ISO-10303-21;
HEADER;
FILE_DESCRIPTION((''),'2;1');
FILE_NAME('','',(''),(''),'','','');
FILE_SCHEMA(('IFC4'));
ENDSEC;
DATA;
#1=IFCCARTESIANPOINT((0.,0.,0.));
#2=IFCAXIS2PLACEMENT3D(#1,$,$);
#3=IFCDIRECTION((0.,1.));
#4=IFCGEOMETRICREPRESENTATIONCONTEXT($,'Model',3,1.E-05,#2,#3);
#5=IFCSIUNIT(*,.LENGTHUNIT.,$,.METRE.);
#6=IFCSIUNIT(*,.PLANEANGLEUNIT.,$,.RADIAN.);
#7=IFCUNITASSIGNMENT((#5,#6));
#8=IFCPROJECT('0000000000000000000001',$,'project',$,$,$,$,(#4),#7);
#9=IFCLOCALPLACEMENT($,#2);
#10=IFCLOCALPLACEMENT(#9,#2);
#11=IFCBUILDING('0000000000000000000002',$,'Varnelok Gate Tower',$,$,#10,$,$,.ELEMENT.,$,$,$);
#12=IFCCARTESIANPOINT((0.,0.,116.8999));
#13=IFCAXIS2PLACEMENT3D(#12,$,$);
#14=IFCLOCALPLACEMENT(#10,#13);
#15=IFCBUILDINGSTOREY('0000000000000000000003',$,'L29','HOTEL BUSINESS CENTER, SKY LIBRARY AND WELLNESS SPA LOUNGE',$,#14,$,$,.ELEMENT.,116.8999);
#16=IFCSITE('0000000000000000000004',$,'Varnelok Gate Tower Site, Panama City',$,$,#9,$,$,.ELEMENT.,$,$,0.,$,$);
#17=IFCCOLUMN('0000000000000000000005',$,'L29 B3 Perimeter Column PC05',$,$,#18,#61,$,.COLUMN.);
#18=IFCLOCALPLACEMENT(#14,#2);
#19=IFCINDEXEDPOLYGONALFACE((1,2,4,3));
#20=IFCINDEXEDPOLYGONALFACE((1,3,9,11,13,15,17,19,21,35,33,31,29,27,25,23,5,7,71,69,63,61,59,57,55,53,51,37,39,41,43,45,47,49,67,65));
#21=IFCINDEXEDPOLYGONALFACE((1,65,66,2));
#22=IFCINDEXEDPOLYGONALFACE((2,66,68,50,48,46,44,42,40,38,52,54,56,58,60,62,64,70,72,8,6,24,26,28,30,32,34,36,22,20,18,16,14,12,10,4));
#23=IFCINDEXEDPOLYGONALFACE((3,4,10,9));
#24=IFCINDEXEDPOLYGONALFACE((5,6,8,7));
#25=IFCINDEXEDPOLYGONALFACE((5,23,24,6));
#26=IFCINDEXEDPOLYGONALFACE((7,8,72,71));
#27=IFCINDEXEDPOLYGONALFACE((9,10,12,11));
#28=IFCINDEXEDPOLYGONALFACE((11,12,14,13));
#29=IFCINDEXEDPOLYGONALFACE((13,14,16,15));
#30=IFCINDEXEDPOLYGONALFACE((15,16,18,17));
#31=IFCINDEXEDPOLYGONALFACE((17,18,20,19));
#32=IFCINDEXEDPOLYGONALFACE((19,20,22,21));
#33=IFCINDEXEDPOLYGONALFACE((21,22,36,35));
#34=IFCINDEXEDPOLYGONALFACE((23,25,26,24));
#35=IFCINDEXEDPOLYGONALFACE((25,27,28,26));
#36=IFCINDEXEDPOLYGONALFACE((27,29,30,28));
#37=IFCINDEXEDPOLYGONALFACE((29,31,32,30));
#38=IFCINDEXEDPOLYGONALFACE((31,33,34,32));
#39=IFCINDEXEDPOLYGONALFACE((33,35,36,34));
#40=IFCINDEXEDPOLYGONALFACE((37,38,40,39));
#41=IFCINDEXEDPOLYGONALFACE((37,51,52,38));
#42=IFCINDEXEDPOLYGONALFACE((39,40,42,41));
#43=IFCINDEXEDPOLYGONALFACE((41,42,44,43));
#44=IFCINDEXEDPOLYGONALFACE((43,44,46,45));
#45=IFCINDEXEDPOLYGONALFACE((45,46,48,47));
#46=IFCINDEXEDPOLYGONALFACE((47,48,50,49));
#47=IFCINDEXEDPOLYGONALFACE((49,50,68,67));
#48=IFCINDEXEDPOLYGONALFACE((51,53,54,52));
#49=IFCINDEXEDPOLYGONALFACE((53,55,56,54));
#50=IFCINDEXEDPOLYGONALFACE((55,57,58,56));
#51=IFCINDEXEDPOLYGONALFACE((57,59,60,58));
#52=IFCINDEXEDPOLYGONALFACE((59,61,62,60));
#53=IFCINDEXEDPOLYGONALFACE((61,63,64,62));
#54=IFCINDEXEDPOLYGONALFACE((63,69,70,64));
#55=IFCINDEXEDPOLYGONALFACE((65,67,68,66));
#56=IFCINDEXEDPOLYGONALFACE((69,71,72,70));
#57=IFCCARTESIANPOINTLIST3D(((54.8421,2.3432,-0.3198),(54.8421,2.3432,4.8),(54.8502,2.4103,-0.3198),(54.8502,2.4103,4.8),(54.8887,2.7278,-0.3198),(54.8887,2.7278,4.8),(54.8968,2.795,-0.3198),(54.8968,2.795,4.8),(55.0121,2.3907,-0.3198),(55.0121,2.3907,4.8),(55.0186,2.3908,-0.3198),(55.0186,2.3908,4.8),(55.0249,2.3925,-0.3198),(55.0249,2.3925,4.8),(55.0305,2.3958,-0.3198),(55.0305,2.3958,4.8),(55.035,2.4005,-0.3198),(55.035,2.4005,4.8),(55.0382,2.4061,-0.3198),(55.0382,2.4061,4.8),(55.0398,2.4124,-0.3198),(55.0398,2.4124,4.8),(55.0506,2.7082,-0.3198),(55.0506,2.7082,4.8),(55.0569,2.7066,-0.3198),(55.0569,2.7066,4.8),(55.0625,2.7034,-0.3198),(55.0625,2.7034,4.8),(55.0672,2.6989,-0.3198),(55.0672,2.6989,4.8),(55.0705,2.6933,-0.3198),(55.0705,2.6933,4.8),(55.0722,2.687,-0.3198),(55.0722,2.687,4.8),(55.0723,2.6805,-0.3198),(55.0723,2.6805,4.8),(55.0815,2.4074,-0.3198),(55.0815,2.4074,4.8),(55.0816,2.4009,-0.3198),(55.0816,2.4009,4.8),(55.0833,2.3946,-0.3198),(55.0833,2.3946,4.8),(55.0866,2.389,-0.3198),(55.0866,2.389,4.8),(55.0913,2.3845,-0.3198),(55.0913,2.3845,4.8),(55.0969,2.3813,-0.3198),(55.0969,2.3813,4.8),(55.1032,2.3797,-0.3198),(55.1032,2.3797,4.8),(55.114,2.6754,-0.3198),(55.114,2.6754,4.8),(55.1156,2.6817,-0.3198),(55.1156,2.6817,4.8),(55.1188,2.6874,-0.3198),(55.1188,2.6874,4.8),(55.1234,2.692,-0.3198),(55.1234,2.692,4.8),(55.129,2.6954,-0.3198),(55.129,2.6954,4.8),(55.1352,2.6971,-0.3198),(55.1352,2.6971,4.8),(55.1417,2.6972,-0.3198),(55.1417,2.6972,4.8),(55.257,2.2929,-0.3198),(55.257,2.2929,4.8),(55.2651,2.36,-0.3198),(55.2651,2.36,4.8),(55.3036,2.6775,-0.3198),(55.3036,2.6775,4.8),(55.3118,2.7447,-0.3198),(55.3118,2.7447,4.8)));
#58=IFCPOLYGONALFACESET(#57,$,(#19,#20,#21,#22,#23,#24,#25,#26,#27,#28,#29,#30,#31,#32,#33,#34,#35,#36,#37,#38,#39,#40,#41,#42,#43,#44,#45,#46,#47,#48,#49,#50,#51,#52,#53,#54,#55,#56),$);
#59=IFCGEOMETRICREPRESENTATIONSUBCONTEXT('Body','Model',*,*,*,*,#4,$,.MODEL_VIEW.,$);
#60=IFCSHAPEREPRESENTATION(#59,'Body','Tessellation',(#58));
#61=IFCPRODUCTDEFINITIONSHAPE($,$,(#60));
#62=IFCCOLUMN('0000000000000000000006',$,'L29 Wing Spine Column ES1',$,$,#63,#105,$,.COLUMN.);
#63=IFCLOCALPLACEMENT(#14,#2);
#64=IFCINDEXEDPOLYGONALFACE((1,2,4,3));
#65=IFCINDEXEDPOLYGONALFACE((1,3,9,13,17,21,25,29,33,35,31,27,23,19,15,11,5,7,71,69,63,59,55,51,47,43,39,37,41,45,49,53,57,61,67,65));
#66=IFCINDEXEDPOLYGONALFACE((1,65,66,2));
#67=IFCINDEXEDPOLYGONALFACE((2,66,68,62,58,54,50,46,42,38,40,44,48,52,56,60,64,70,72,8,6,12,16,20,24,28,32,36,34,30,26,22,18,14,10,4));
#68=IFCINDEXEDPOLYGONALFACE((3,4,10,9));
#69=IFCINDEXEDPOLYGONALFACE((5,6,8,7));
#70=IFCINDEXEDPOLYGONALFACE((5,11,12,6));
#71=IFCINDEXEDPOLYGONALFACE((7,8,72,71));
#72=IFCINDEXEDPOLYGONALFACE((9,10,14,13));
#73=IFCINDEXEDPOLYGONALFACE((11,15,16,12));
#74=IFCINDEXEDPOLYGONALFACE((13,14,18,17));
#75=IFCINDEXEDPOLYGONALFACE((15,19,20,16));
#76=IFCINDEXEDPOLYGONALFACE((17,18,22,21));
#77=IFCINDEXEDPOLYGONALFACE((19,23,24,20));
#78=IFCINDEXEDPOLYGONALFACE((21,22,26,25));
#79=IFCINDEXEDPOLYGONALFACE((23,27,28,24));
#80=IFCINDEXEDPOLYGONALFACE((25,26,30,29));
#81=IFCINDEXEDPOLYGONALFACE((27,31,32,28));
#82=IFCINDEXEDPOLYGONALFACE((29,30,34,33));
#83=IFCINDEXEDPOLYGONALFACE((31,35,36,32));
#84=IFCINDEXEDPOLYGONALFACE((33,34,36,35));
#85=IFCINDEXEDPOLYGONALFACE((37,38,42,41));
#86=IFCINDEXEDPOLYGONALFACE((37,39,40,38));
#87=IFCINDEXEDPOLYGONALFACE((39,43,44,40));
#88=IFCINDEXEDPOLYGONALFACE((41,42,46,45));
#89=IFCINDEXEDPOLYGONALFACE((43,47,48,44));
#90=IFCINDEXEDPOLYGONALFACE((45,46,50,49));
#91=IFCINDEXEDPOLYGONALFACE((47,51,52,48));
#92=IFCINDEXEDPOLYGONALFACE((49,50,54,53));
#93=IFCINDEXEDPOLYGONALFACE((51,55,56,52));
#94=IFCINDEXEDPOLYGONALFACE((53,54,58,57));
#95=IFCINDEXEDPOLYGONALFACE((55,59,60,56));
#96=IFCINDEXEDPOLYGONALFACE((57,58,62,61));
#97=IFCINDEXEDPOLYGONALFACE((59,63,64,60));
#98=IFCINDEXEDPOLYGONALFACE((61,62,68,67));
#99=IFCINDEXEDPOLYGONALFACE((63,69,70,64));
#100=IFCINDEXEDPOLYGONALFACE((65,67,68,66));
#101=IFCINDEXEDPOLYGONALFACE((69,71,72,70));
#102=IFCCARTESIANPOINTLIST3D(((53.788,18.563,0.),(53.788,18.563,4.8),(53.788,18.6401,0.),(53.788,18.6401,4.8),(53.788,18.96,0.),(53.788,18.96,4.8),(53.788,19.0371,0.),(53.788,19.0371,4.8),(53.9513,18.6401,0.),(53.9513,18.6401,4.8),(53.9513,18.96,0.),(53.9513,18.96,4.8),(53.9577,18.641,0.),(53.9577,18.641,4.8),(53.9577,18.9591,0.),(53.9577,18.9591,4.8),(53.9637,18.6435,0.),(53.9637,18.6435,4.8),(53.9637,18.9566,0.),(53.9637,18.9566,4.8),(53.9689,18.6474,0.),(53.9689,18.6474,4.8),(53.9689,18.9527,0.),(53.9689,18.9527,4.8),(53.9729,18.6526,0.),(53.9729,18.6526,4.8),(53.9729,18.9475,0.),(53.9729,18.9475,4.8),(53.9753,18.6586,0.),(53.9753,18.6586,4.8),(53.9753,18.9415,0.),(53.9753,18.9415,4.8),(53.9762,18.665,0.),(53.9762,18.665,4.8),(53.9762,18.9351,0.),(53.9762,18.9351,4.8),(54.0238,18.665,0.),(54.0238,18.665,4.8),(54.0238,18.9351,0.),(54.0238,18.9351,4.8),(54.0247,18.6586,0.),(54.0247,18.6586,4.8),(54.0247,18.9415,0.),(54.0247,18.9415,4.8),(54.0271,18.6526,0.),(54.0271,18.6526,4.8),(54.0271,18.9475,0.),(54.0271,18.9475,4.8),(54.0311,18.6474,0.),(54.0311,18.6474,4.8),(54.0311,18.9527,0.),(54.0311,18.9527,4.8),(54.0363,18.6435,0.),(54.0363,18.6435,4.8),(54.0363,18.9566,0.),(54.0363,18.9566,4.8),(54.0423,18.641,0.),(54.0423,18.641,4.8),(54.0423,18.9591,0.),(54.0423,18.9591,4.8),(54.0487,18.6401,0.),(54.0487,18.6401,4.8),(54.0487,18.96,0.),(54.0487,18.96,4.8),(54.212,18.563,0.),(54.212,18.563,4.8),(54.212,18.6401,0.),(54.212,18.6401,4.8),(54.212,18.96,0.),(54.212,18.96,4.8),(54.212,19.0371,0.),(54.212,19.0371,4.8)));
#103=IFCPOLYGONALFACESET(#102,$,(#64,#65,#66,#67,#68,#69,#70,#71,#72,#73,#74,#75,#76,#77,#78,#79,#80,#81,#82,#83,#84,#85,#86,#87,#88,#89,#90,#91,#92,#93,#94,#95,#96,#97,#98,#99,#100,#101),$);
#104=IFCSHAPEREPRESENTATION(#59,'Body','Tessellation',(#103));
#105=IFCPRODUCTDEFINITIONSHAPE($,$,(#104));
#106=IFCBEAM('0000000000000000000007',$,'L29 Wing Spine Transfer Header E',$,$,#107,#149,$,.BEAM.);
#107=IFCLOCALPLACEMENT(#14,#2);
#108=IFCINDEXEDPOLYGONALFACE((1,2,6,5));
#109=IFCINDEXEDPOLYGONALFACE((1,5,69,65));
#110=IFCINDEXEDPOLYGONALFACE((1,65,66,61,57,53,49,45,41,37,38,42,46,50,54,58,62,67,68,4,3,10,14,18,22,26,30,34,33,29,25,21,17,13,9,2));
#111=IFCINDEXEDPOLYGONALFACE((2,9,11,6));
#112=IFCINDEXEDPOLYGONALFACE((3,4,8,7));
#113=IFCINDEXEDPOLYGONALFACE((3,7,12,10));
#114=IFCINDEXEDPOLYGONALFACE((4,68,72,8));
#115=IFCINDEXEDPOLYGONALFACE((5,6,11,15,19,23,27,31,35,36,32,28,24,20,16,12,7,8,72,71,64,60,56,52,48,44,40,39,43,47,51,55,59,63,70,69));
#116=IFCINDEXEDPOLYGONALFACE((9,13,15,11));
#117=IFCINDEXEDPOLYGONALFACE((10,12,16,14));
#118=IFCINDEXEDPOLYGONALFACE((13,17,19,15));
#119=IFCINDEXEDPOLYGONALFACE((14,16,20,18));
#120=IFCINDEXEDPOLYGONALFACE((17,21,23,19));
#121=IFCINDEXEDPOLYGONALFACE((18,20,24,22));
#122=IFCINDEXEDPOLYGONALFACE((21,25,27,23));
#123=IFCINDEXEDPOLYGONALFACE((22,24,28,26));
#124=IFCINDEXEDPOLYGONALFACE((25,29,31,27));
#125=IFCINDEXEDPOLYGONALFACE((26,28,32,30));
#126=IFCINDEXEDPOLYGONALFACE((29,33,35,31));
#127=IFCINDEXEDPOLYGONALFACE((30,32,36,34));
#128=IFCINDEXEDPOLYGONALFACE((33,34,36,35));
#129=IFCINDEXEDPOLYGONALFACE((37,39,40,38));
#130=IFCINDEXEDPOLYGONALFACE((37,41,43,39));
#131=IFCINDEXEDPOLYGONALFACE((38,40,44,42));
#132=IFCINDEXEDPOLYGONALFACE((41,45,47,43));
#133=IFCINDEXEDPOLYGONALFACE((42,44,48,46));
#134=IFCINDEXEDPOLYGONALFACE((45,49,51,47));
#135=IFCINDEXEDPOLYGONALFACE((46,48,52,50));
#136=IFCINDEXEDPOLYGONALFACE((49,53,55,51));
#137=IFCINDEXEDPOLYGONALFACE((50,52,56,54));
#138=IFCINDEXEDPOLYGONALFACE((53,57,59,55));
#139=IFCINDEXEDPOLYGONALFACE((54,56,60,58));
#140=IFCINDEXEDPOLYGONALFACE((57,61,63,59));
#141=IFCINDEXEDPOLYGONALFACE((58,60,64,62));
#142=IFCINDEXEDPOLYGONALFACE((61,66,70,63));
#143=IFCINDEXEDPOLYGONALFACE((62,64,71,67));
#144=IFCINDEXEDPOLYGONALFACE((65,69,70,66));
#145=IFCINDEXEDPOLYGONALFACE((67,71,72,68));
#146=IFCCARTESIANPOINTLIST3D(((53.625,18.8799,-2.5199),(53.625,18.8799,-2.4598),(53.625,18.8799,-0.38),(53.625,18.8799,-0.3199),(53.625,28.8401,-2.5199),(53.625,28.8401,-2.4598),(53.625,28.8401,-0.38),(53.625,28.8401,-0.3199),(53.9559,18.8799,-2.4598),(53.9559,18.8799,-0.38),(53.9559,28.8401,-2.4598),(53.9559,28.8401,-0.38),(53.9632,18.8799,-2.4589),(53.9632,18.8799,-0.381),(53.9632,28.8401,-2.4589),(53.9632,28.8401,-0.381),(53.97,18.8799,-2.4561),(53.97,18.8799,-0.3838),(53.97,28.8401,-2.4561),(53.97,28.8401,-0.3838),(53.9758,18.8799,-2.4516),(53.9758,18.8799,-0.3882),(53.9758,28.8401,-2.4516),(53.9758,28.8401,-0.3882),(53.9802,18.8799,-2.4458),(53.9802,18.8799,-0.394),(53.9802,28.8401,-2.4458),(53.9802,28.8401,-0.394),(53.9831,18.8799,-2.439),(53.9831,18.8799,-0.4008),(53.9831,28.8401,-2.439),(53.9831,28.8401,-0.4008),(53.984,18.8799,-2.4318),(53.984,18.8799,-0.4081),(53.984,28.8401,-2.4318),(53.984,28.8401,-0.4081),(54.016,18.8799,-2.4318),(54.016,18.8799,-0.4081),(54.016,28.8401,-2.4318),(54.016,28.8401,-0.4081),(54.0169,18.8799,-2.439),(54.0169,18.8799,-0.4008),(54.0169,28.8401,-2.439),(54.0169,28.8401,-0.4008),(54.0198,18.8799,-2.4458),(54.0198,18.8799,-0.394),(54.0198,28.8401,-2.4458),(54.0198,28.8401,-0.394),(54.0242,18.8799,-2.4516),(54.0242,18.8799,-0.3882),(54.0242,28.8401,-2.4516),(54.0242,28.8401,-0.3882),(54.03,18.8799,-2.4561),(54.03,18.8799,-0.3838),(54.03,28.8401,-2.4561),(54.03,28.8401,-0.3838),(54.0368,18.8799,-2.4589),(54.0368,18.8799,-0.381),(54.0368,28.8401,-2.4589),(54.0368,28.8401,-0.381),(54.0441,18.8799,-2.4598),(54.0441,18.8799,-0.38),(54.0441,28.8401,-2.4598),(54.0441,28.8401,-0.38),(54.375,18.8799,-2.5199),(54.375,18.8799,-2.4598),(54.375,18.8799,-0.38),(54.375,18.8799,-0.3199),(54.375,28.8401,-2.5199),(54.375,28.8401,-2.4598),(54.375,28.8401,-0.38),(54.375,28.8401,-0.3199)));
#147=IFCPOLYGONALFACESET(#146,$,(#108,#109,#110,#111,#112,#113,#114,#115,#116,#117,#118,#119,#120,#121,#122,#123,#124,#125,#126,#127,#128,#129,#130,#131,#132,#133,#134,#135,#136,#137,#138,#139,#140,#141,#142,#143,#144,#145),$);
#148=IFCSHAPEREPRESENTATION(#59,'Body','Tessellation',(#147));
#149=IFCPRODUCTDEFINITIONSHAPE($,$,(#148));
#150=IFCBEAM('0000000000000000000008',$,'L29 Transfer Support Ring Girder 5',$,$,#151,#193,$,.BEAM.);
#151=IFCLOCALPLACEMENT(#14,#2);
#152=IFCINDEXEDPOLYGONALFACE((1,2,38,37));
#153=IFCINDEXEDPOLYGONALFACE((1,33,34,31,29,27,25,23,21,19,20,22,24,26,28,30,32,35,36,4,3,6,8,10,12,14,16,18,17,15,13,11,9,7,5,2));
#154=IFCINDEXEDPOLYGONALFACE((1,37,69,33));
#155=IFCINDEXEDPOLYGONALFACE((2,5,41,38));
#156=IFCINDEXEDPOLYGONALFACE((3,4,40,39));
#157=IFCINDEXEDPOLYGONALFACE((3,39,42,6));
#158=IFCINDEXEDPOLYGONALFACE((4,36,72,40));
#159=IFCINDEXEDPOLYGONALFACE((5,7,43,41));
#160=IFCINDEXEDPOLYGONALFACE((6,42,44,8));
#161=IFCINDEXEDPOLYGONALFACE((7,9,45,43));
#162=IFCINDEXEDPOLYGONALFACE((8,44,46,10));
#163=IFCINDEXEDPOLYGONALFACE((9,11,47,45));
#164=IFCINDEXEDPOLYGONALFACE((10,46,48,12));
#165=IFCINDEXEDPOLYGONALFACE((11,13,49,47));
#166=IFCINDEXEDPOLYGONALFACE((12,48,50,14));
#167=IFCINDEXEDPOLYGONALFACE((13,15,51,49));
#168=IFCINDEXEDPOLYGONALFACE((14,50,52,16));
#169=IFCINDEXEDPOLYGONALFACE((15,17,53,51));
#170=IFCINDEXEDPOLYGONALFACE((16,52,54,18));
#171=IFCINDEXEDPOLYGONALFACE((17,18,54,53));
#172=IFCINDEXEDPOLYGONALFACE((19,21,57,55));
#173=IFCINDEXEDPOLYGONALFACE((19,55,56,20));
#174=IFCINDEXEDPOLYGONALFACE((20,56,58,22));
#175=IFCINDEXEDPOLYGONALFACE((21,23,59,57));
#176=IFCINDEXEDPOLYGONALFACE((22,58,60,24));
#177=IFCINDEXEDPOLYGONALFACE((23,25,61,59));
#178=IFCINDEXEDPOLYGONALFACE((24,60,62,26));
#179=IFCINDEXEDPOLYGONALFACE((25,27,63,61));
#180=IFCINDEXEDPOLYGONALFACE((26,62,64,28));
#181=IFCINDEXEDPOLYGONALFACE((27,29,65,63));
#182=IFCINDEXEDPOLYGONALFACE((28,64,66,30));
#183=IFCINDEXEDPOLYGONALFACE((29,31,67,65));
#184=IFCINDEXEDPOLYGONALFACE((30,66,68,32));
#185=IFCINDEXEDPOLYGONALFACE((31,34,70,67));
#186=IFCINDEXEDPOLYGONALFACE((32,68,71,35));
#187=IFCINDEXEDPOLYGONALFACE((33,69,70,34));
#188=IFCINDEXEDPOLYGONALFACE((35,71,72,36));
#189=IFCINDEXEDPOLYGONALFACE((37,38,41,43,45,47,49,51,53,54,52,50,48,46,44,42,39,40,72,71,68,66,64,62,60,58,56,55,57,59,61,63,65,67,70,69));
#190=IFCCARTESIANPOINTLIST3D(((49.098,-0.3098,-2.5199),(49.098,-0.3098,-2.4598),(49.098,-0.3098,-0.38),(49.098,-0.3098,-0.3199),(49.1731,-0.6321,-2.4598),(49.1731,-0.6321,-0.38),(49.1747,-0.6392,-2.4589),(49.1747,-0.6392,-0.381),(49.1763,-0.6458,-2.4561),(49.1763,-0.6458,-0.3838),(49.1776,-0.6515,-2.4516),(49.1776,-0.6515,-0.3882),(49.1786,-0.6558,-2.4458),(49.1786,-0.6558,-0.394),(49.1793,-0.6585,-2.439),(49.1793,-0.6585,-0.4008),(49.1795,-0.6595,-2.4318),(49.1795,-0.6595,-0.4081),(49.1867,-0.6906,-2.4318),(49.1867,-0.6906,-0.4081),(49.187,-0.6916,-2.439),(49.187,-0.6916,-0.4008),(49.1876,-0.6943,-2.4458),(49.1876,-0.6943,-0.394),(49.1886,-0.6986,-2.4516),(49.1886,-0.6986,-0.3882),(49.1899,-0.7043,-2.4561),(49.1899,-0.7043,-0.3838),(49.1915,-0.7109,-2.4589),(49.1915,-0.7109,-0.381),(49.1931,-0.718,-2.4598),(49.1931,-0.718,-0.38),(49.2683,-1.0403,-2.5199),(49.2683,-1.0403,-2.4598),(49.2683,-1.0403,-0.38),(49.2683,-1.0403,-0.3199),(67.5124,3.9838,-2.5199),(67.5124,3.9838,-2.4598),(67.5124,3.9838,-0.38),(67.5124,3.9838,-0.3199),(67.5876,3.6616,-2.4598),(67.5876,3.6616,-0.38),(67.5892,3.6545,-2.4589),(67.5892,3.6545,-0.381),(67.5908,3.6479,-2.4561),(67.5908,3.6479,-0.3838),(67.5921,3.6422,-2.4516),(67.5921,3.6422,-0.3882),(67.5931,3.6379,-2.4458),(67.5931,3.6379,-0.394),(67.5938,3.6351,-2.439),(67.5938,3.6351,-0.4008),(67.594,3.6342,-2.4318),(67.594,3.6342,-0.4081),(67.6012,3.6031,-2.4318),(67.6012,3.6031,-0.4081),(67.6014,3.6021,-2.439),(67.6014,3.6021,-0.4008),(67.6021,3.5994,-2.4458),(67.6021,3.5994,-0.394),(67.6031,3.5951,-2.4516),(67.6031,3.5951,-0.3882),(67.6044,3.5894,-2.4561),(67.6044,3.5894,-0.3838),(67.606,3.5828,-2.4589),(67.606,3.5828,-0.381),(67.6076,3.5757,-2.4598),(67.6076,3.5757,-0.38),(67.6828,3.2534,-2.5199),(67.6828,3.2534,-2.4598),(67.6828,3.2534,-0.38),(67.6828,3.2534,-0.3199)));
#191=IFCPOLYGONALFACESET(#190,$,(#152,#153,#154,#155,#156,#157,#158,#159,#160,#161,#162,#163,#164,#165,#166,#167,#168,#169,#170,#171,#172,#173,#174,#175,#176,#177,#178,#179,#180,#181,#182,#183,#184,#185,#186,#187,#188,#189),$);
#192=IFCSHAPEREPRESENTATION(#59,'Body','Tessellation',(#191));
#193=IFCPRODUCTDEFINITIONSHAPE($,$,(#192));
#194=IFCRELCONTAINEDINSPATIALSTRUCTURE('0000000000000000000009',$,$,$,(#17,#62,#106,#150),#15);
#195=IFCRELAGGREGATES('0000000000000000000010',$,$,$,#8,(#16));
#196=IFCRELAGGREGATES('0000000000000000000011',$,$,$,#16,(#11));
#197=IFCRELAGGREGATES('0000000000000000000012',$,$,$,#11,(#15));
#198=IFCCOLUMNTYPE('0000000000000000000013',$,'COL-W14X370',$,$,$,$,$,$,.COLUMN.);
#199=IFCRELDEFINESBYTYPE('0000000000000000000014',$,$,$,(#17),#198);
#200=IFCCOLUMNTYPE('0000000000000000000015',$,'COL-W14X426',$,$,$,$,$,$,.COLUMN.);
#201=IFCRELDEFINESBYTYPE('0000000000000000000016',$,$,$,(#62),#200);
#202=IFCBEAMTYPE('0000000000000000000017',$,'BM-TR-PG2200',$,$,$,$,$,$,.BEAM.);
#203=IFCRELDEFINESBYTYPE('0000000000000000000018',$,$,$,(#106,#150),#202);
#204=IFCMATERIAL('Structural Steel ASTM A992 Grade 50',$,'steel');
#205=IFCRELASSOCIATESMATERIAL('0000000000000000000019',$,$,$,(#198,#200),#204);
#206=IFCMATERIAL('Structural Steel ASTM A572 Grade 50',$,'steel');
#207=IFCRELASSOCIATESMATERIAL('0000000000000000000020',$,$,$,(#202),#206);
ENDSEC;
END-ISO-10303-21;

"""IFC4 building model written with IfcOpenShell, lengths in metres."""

from ifc_helpers import new_model, si_unit, direction, frame, origin, origin_2d, place, context, subcontext, project, spatial, i_section, extrude, material, material_profile, profile_set, type_object, element, save


model = new_model("IFC4")

# Units and contexts
model_context = context("Model", 3, precision=1e-05, world=origin(), true_north=direction((0.0, 1.0)))
body_context = subcontext(model_context, "Body", "Model", "MODEL_VIEW")
ifc_project = project(units=[si_unit("LENGTHUNIT", "METRE"), si_unit("PLANEANGLEUNIT", "RADIAN")], contexts=[model_context])

# Site, building, storey
site_placement = place(None, origin())
site = spatial("IfcSite", under=ifc_project, at=site_placement, Name="Varnelok Gate Tower Site, Panama City", CompositionType="ELEMENT", RefElevation=0.0)
building_placement = place(site_placement, origin())
building = spatial("IfcBuilding", under=site, at=building_placement, Name="Varnelok Gate Tower", CompositionType="ELEMENT")
storey_placement = place(building_placement, frame((0.0, 0.0, 116.8999)))
storey = spatial("IfcBuildingStorey", under=building, at=storey_placement, Name="L29", Description="HOTEL BUSINESS CENTER, SKY LIBRARY AND WELLNESS SPA LOUNGE", CompositionType="ELEMENT", Elevation=116.8999)

# Columns
ifc_material_1 = material(Name="Structural Steel ASTM A992 Grade 50", Category="steel")
ifc_material_profile_1 = material_profile(ifc_material_1, i_section(OverallWidth=0.418, OverallDepth=0.4551, WebThickness=0.042, FlangeThickness=0.0676, FilletRadius=0.0249, at=origin_2d()), Name="W14X370")
ifc_profile_set_1 = profile_set([ifc_material_profile_1], Name="Structural Steel ASTM A992 Grade 50")
column_type_1 = type_object("IfcColumnType", Name="COL-W14X370", PredefinedType="COLUMN", material=ifc_profile_set_1)
column_1_placement = place(storey_placement, frame((55.0769, 2.5439, -0.3198), z_axis=(0.0, 0.0, 1.0), x_axis=(0.992732, -0.120345, 0.0)))
element("IfcColumn", 1, at=column_1_placement, inside=storey, type_object=column_type_1, Name="L29 B3 Perimeter Column PC05", PredefinedType="COLUMN", context=body_context, shape_type="SweptSolid", body=[
    extrude(i_section(OverallWidth=0.418, OverallDepth=0.4551, WebThickness=0.042, FlangeThickness=0.0676, FilletRadius=0.0249, at=origin_2d()), origin(), (0.0, 0.0, 1.0), 5.1199),
])
ifc_material_profile_2 = material_profile(ifc_material_1, i_section(OverallWidth=0.4241, OverallDepth=0.4741, WebThickness=0.0476, FlangeThickness=0.0771, FilletRadius=0.0249, at=origin_2d()), Name="W14X426")
ifc_profile_set_2 = profile_set([ifc_material_profile_2], Name="Structural Steel ASTM A992 Grade 50")
column_type_2 = type_object("IfcColumnType", Name="COL-W14X426", PredefinedType="COLUMN", material=ifc_profile_set_2)
column_2_placement = place(storey_placement, frame((54.0, 18.8, 0.0), z_axis=(0.0, 0.0, 1.0), x_axis=(1.0, 0.0, 0.0)))
element("IfcColumn", 2, at=column_2_placement, inside=storey, type_object=column_type_2, Name="L29 Wing Spine Column ES1", PredefinedType="COLUMN", context=body_context, shape_type="SweptSolid", body=[
    extrude(i_section(OverallWidth=0.4241, OverallDepth=0.4741, WebThickness=0.0476, FlangeThickness=0.0771, FilletRadius=0.0249, at=origin_2d()), origin(), (0.0, 0.0, 1.0), 4.8),
])

# Beams
ifc_material_2 = material(Name="Structural Steel ASTM A572 Grade 50", Category="steel")
ifc_material_profile_3 = material_profile(ifc_material_2, i_section(OverallWidth=0.75, OverallDepth=2.2, WebThickness=0.032, FlangeThickness=0.0601, FilletRadius=0.0281, at=origin_2d()), Name="PG2200X750")
ifc_profile_set_3 = profile_set([ifc_material_profile_3], Name="Structural Steel ASTM A572 Grade 50")
beam_type = type_object("IfcBeamType", Name="BM-TR-PG2200", PredefinedType="BEAM", material=ifc_profile_set_3)
beam_1_placement = place(storey_placement, frame((54.0, 18.8799, -1.4199), z_axis=(0.0, 1.0, 0.0), x_axis=(-1.0, 0.0, 0.0)))
element("IfcBeam", 3, at=beam_1_placement, inside=storey, type_object=beam_type, Name="L29 Wing Spine Transfer Header E", PredefinedType="BEAM", context=body_context, shape_type="SweptSolid", body=[
    extrude(i_section(OverallWidth=0.75, OverallDepth=2.2, WebThickness=0.032, FlangeThickness=0.0601, FilletRadius=0.0281, at=origin_2d()), origin(), (0.0, 0.0, 1.0), 9.9602),
])
beam_2_placement = place(storey_placement, frame((49.1831, -0.675, -1.4199), z_axis=(0.973877, 0.227078, 0.0), x_axis=(-0.227078, 0.973877, 0.0)))
element("IfcBeam", 4, at=beam_2_placement, inside=storey, type_object=beam_type, Name="L29 Transfer Support Ring Girder 5", PredefinedType="BEAM", context=body_context, shape_type="SweptSolid", body=[
    extrude(i_section(OverallWidth=0.75, OverallDepth=2.2, WebThickness=0.032, FlangeThickness=0.0601, FilletRadius=0.0281, at=origin_2d()), origin(), (0.0, 0.0, 1.0), 18.9084),
])

save(model, "model.ifc")
